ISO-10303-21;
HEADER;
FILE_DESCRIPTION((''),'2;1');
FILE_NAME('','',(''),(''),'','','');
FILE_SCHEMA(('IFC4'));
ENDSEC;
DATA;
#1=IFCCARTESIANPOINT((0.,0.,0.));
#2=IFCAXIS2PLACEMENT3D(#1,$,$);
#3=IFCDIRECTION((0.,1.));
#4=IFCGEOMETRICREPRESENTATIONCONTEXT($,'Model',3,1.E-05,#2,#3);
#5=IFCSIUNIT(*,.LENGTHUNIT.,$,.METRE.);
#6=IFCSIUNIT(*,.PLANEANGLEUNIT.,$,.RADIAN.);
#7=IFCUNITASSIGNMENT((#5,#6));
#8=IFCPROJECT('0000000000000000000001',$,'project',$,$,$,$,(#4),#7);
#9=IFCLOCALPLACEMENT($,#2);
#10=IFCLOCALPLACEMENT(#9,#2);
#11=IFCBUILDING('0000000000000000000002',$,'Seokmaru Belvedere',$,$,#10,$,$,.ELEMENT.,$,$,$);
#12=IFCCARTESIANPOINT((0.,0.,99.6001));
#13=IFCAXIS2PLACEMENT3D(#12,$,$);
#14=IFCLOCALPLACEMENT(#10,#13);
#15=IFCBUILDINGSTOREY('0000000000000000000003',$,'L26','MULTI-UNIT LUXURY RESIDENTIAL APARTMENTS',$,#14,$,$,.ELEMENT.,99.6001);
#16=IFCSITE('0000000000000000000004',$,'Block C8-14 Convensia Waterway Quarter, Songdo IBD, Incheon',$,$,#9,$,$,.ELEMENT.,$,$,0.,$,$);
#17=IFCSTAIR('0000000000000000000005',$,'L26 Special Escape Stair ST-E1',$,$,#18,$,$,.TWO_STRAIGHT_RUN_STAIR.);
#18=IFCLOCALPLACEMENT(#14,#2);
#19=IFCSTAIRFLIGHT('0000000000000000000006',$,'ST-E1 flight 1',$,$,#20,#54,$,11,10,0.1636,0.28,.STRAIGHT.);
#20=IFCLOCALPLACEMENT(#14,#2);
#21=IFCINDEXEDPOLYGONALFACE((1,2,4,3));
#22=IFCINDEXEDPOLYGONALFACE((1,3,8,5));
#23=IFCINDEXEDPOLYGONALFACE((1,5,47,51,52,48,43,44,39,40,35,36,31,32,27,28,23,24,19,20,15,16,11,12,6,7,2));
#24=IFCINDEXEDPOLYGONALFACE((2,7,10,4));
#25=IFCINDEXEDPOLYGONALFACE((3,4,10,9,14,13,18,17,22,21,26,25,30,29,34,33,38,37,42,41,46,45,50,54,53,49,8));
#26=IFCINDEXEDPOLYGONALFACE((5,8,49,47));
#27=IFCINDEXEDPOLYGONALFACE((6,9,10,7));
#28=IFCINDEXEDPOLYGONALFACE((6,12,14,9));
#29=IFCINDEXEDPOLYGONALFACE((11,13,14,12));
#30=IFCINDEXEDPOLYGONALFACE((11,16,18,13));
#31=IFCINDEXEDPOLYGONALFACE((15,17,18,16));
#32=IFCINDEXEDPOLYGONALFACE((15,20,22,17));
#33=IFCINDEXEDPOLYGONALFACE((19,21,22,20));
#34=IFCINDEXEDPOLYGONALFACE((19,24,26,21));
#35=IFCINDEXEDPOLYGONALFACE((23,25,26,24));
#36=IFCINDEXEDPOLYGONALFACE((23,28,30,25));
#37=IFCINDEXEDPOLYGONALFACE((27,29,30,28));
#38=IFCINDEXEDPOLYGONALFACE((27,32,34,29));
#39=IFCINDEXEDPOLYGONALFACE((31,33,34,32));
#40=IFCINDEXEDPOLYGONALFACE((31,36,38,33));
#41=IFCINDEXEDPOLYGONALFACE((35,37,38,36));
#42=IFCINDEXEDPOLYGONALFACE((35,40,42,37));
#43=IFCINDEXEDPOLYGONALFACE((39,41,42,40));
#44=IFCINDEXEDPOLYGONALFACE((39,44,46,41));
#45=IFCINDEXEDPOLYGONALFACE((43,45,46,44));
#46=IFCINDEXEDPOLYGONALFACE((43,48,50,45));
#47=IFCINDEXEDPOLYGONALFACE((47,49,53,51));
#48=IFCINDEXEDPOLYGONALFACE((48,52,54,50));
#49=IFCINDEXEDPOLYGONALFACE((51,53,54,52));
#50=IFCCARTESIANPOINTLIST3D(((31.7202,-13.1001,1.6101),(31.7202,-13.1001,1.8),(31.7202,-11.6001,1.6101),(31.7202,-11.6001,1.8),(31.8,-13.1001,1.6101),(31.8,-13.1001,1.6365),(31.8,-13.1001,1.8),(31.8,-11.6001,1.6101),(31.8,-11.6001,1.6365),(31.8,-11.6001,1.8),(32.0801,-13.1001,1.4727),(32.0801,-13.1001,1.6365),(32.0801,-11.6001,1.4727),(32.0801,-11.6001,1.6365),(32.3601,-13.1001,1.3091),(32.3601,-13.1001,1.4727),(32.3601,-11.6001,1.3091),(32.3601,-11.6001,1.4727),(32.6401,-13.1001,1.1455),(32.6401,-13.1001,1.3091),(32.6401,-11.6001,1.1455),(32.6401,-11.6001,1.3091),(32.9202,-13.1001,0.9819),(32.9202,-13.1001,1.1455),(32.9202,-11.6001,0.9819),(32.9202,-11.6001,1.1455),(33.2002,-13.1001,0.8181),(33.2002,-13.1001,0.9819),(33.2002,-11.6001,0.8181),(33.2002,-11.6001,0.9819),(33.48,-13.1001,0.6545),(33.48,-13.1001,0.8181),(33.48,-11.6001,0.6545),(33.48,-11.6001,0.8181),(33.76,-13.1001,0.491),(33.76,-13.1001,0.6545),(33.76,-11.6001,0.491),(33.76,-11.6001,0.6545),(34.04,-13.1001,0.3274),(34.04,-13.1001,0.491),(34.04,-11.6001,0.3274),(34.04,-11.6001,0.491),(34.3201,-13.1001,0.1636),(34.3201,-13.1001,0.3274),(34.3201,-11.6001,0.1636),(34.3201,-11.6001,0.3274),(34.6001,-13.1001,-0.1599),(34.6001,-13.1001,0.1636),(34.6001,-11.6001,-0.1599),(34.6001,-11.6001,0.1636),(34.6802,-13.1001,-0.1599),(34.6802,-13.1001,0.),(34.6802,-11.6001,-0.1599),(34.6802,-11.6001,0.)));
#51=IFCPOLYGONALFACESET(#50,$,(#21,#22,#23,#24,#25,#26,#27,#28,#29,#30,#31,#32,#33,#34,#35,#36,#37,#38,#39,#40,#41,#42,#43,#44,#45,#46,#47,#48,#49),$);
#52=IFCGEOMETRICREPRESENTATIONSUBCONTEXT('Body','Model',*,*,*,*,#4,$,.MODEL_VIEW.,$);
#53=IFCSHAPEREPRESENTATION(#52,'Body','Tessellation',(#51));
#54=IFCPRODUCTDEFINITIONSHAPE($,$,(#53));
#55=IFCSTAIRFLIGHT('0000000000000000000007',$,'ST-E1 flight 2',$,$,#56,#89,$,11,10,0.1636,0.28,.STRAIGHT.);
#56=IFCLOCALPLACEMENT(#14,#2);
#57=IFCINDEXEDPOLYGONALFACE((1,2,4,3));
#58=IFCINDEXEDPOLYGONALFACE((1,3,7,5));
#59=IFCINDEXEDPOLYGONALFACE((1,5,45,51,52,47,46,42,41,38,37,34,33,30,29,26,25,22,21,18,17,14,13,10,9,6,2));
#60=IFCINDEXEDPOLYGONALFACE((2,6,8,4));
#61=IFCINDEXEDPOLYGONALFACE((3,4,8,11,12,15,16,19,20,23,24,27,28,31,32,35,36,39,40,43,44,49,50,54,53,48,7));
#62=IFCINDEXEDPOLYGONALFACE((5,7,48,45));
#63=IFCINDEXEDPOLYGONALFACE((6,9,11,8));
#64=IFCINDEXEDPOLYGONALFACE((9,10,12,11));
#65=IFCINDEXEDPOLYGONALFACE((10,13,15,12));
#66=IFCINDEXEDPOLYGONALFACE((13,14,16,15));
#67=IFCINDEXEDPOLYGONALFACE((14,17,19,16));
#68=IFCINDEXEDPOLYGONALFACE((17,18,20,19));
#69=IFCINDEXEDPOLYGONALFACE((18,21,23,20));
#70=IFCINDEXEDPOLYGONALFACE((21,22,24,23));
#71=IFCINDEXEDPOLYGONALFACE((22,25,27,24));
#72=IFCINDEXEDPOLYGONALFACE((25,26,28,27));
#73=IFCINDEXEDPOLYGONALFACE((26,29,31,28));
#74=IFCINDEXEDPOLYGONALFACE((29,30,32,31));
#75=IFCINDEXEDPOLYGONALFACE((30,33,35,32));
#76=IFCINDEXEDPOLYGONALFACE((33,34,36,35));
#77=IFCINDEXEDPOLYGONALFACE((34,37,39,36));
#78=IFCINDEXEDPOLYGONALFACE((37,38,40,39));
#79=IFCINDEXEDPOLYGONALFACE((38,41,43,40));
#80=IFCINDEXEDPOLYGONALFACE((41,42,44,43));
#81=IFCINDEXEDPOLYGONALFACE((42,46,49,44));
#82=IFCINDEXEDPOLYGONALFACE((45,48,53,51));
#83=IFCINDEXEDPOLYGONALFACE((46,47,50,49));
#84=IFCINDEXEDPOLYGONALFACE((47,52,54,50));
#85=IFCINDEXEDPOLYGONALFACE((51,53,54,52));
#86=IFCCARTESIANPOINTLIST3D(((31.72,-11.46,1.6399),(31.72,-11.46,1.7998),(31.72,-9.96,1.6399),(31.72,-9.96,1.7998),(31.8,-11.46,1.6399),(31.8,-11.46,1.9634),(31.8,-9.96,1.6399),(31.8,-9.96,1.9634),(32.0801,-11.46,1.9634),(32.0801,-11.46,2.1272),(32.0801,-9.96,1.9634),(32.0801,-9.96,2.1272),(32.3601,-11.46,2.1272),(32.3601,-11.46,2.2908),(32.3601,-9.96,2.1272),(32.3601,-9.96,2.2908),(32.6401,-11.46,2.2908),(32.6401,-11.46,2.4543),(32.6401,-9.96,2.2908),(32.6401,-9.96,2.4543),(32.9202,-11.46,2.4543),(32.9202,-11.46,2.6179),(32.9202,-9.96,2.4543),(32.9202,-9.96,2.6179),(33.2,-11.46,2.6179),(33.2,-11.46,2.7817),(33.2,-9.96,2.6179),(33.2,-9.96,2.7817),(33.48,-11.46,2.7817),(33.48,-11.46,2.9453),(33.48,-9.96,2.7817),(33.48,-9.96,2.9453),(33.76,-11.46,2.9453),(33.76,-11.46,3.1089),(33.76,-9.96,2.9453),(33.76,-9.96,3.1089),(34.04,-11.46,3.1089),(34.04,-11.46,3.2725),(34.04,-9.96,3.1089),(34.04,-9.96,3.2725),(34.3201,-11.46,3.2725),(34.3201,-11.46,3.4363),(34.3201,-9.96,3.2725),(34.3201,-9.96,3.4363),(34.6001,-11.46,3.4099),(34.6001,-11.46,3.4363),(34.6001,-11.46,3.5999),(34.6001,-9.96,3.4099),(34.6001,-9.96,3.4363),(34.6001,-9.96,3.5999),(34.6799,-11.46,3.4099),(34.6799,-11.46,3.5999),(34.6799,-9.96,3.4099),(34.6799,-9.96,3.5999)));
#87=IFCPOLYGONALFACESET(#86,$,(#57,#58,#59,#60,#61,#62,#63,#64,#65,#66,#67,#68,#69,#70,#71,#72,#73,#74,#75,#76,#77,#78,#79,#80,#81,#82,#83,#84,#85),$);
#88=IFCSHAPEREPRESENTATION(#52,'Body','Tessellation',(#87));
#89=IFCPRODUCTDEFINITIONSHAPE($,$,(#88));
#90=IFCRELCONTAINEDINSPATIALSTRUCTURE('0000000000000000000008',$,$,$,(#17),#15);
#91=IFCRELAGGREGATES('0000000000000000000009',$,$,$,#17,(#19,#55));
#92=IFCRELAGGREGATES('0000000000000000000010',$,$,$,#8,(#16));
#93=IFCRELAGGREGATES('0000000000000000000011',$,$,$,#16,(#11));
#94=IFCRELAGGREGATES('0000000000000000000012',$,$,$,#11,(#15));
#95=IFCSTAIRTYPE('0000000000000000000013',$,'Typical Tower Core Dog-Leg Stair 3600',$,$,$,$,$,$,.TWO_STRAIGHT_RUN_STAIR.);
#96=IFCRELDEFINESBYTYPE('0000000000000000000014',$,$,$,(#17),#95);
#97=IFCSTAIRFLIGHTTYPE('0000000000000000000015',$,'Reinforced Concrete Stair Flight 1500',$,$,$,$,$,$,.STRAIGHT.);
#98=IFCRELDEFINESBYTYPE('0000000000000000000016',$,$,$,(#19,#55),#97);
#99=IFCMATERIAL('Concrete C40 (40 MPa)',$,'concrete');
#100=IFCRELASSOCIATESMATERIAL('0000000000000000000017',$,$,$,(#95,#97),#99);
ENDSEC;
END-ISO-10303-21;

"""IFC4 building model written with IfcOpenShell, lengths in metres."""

from ifc_helpers import new_model, si_unit, direction, frame, origin, place, context, subcontext, project, spatial, polyline, outline, extrude, material, type_object, element, aggregate, save


model = new_model("IFC4")

# Units and contexts
model_context = context("Model", 3, precision=1e-05, world=origin(), true_north=direction((0.0, 1.0)))
body_context = subcontext(model_context, "Body", "Model", "MODEL_VIEW")
ifc_project = project(units=[si_unit("LENGTHUNIT", "METRE"), si_unit("PLANEANGLEUNIT", "RADIAN")], contexts=[model_context])

# Site, building, storey
site_placement = place(None, origin())
site = spatial("IfcSite", under=ifc_project, at=site_placement, Name="Block C8-14 Convensia Waterway Quarter, Songdo IBD, Incheon", CompositionType="ELEMENT", RefElevation=0.0)
building_placement = place(site_placement, origin())
building = spatial("IfcBuilding", under=site, at=building_placement, Name="Seokmaru Belvedere", CompositionType="ELEMENT")
storey_placement = place(building_placement, frame((0.0, 0.0, 99.6001)))
storey = spatial("IfcBuildingStorey", under=building, at=storey_placement, Name="L26", Description="MULTI-UNIT LUXURY RESIDENTIAL APARTMENTS", CompositionType="ELEMENT", Elevation=99.6001)

# Stair, stair flights
ifc_material_1 = material(Name="Concrete C40 (40 MPa)", Category="concrete")
stair_type = type_object("IfcStairType", Name="Typical Tower Core Dog-Leg Stair 3600", PredefinedType="TWO_STRAIGHT_RUN_STAIR", material=ifc_material_1)
stair_placement = place(storey_placement, origin())
stair = element("IfcStair", 1, at=stair_placement, inside=storey, type_object=stair_type, Name="L26 Special Escape Stair ST-E1", PredefinedType="TWO_STRAIGHT_RUN_STAIR")
stair_flight_type = type_object("IfcStairFlightType", Name="Reinforced Concrete Stair Flight 1500", PredefinedType="STRAIGHT", material=ifc_material_1)
stair_flight_1_placement = place(storey_placement, frame((34.6001, -12.3501, 0.0), z_axis=(0.0, 0.0, 1.0), x_axis=(-1.0, 0.0, 0.0)))
stair_flight_1 = element("IfcStairFlight", 2, at=stair_flight_1_placement, type_object=stair_flight_type, Name="ST-E1 flight 1", NumberOfRisers=11, NumberOfTreads=10, PredefinedType="STRAIGHT", RiserHeight=0.1636, TreadLength=0.28, context=body_context, shape_type="SweptSolid", body=[
    extrude(outline(polyline([(-0.0801, 0.0), (0.0, 0.1636), (0.28, 0.1636), (0.28, 0.3274), (0.5601, 0.3274), (0.5601, 0.491), (0.8401, 0.491), (0.8401, 0.6545), (1.1201, 0.6545), (1.1201, 0.8181), (1.3999, 0.8181), (1.3999, 0.9819), (1.6799, 0.9819), (1.6799, 1.1455), (1.96, 1.1455), (1.96, 1.3091), (2.24, 1.3091), (2.24, 1.4727), (2.52, 1.4727), (2.52, 1.6365), (2.8, 1.6365), (2.8, 1.8), (2.8799, 1.8), (2.8799, 1.6101), (2.8, 1.6101), (0.0, -0.1599), (-0.0801, -0.1599), (-0.0801, 0.0)])), frame((0.0, 0.75, 0.0), z_axis=(0.0, -1.0, 0.0), x_axis=(1.0, 0.0, 0.0)), (0.0, 0.0, 1.0), 1.5),
])
stair_flight_2_placement = place(storey_placement, frame((31.8, -10.71, 1.7998), z_axis=(0.0, 0.0, 1.0), x_axis=(1.0, 0.0, 0.0)))
stair_flight_2 = element("IfcStairFlight", 3, at=stair_flight_2_placement, type_object=stair_flight_type, Name="ST-E1 flight 2", NumberOfRisers=11, NumberOfTreads=10, PredefinedType="STRAIGHT", RiserHeight=0.1636, TreadLength=0.28, context=body_context, shape_type="SweptSolid", body=[
    extrude(outline(polyline([(-0.0801, 0.0), (0.0, 0.1636), (0.28, 0.1636), (0.28, 0.3274), (0.5601, 0.3274), (0.5601, 0.491), (0.8401, 0.491), (0.8401, 0.6545), (1.1201, 0.6545), (1.1201, 0.8181), (1.3999, 0.8181), (1.3999, 0.9819), (1.6799, 0.9819), (1.6799, 1.1455), (1.96, 1.1455), (1.96, 1.3091), (2.24, 1.3091), (2.24, 1.4727), (2.52, 1.4727), (2.52, 1.6365), (2.8, 1.6365), (2.8, 1.8), (2.8799, 1.8), (2.8799, 1.6101), (2.8, 1.6101), (0.0, -0.1599), (-0.0801, -0.1599), (-0.0801, 0.0)])), frame((0.0, 0.75, 0.0), z_axis=(0.0, -1.0, 0.0), x_axis=(1.0, 0.0, 0.0)), (0.0, 0.0, 1.0), 1.5),
])
aggregate(stair, [stair_flight_1, stair_flight_2])

save(model, "model.ifc")
